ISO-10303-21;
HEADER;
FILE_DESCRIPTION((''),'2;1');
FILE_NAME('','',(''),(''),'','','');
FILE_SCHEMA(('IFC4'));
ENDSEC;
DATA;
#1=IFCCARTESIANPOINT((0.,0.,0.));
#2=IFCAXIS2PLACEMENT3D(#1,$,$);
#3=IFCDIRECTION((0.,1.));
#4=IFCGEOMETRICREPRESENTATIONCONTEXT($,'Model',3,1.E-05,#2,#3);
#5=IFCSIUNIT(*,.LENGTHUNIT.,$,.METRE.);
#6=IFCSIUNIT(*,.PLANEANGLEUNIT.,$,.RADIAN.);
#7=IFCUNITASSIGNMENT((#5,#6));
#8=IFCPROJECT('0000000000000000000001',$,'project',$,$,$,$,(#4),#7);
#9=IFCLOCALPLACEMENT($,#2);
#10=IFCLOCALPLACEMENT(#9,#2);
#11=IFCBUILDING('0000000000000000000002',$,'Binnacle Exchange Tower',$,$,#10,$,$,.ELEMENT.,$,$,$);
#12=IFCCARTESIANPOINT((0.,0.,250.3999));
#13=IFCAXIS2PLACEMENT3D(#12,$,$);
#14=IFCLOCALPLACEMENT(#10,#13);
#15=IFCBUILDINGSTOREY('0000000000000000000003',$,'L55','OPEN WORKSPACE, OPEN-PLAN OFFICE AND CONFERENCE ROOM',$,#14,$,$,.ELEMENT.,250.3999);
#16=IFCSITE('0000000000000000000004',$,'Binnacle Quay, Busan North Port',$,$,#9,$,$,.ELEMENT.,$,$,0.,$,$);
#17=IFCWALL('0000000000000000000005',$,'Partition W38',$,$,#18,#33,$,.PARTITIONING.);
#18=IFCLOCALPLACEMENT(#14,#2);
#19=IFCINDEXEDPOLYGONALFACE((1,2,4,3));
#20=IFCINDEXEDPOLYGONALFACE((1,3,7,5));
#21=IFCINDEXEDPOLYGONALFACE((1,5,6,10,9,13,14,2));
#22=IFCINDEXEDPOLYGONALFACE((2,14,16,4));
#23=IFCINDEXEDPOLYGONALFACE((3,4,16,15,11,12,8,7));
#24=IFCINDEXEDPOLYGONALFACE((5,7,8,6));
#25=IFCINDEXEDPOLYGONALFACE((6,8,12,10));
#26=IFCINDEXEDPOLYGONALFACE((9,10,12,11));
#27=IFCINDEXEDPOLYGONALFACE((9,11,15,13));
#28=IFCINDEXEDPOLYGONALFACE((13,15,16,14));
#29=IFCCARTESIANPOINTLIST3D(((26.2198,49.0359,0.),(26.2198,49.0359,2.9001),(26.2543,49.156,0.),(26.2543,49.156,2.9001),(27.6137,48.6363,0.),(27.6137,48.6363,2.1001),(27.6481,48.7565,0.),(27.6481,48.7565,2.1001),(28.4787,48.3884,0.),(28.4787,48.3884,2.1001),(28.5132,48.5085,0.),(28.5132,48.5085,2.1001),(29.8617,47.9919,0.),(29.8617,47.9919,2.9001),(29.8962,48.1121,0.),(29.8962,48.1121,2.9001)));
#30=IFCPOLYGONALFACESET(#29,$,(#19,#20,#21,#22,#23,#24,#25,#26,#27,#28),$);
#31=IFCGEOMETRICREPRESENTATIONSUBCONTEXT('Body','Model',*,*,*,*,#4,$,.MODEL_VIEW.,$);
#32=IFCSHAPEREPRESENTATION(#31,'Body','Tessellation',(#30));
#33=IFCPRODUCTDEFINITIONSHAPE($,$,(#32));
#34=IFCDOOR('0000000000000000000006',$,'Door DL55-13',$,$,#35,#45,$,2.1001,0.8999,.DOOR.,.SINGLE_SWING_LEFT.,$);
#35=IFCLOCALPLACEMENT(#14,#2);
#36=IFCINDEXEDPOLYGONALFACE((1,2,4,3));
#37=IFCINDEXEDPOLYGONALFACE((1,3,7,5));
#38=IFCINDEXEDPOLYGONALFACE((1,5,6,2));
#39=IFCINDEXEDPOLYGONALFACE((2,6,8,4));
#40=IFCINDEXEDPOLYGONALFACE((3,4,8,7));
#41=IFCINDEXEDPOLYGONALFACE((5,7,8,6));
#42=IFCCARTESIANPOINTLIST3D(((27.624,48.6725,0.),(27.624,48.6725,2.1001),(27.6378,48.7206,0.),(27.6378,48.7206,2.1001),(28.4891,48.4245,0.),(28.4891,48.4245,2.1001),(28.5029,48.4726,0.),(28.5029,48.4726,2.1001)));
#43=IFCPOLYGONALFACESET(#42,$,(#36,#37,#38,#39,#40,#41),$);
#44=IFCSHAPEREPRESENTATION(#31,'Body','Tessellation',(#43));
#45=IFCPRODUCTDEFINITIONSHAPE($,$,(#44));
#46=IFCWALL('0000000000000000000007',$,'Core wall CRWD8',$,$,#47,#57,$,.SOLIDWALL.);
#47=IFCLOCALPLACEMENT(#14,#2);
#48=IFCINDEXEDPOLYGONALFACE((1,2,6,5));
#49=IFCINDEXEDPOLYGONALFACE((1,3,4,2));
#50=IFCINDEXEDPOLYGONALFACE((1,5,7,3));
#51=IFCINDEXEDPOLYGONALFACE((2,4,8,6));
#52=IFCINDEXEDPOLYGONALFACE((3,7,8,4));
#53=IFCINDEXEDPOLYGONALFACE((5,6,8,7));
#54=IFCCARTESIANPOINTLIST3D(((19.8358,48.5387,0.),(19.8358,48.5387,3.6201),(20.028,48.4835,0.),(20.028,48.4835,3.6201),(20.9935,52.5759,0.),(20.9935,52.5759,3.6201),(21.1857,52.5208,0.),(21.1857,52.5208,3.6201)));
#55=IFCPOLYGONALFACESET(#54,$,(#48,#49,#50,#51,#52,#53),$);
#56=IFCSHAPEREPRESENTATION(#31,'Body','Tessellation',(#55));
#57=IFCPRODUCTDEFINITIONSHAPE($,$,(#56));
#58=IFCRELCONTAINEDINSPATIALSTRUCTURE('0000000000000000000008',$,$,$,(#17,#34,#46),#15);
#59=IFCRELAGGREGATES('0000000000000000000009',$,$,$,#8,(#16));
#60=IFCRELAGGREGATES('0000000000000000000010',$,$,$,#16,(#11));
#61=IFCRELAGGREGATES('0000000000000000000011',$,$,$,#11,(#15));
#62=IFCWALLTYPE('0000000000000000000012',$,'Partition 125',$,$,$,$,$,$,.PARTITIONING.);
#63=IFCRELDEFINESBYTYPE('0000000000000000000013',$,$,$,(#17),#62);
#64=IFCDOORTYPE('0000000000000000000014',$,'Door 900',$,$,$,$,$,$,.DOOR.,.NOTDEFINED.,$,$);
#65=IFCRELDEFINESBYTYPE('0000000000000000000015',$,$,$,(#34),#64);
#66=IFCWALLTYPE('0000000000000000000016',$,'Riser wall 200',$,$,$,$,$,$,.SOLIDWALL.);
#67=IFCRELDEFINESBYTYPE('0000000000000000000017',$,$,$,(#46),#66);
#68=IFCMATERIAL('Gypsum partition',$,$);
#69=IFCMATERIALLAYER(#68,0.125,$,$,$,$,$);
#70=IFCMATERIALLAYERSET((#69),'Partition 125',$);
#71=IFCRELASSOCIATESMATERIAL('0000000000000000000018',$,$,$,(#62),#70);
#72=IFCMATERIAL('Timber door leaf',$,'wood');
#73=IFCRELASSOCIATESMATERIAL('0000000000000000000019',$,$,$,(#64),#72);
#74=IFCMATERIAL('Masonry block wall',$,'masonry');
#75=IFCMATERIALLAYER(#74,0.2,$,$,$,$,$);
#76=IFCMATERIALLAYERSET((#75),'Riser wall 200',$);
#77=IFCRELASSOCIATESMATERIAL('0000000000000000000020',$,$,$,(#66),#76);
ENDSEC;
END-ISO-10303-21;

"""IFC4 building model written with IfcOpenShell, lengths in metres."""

from ifc_helpers import new_model, si_unit, direction, frame, frame_2d, origin, place, context, subcontext, project, spatial, rectangle, extrude, material, layer, layer_set, type_object, element, fill, save


model = new_model("IFC4")

# Units and contexts
model_context = context("Model", 3, precision=1e-05, world=origin(), true_north=direction((0.0, 1.0)))
body_context = subcontext(model_context, "Body", "Model", "MODEL_VIEW")
ifc_project = project(units=[si_unit("LENGTHUNIT", "METRE"), si_unit("PLANEANGLEUNIT", "RADIAN")], contexts=[model_context])

# Site, building, storey
site_placement = place(None, origin())
site = spatial("IfcSite", under=ifc_project, at=site_placement, Name="Binnacle Quay, Busan North Port", CompositionType="ELEMENT", RefElevation=0.0)
building_placement = place(site_placement, origin())
building = spatial("IfcBuilding", under=site, at=building_placement, Name="Binnacle Exchange Tower", CompositionType="ELEMENT")
storey_placement = place(building_placement, frame((0.0, 0.0, 250.3999)))
storey = spatial("IfcBuildingStorey", under=building, at=storey_placement, Name="L55", Description="OPEN WORKSPACE, OPEN-PLAN OFFICE AND CONFERENCE ROOM", CompositionType="ELEMENT", Elevation=250.3999)

# Shared definitions
ifc_material_1 = material(Name="Gypsum partition")
ifc_layer_1 = layer(ifc_material_1, 0.125)
ifc_layer_set_1 = layer_set([ifc_layer_1], Name="Partition 125")
wall_type_1 = type_object("IfcWallType", Name="Partition 125", PredefinedType="PARTITIONING", material=ifc_layer_set_1)

# Shared definitions
ifc_material_2 = material(Name="Timber door leaf", Category="wood")
door_type_1 = type_object("IfcDoorType", Name="Door 900", OperationType="NOTDEFINED", PredefinedType="DOOR", material=ifc_material_2)

# Wall, opening, door
wall_1_placement = place(storey_placement, frame((26.2371, 49.0959, 0.0), z_axis=(0.0, 0.0, 1.0), x_axis=(0.961285, -0.275555, 0.0)))
wall_1 = element("IfcWall", 1, at=wall_1_placement, inside=storey, type_object=wall_type_1, Name="Partition W38", PredefinedType="PARTITIONING", context=body_context, shape_type="SweptSolid", body=[
    extrude(rectangle(XDim=3.7886, YDim=0.125, at=frame_2d((1.8943, 0.0))), origin(), (0.0, 0.0, 1.0), 2.9001),
])
opening_1_placement = place(wall_1_placement, frame((1.45, 0.0, 0.0)))
opening_1 = element("IfcOpeningElement", 2, at=opening_1_placement, cuts=wall_1, PredefinedType="OPENING", context=body_context, shape_type="SweptSolid", body=[
    extrude(rectangle(XDim=0.8999, YDim=2.1001, at=frame_2d((0.45, 1.05))), frame((0.0, 0.0725, 0.0), z_axis=(0.0, -1.0, 0.0), x_axis=(1.0, 0.0, 0.0)), (0.0, 0.0, 1.0), 0.145),
])
door_1_placement = place(opening_1_placement, frame((0.8999, 0.0, 0.0), z_axis=(0.0, 0.0, 1.0), x_axis=(-1.0, 0.0, 0.0)))
door_1 = element("IfcDoor", 3, at=door_1_placement, inside=storey, type_object=door_type_1, Name="Door DL55-13", OperationType="SINGLE_SWING_LEFT", OverallHeight=2.1001, OverallWidth=0.8999, PredefinedType="DOOR", context=body_context, shape_type="SweptSolid", body=[
    extrude(rectangle(XDim=0.8999, YDim=2.1001, at=frame_2d((0.45, 1.05))), frame((0.0, 0.0249, 0.0), z_axis=(0.0, -1.0, 0.0), x_axis=(1.0, 0.0, 0.0)), (0.0, 0.0, 1.0), 0.05),
])
fill(opening_1, door_1)

# Wall
ifc_material_3 = material(Name="Masonry block wall", Category="masonry")
ifc_layer_2 = layer(ifc_material_3, 0.2)
ifc_layer_set_2 = layer_set([ifc_layer_2], Name="Riser wall 200")
wall_type_2 = type_object("IfcWallType", Name="Riser wall 200", PredefinedType="SOLIDWALL", material=ifc_layer_set_2)
wall_2_placement = place(storey_placement, frame((19.9319, 48.511, 0.0), z_axis=(0.0, 0.0, 1.0), x_axis=(0.275642, 0.96126, 0.0)))
element("IfcWall", 4, at=wall_2_placement, inside=storey, type_object=wall_type_2, Name="Core wall CRWD8", PredefinedType="SOLIDWALL", context=body_context, shape_type="SweptSolid", body=[
    extrude(rectangle(XDim=4.2, YDim=0.2, at=frame_2d((2.1001, 0.0))), origin(), (0.0, 0.0, 1.0), 3.6201),
])

save(model, "model.ifc")
